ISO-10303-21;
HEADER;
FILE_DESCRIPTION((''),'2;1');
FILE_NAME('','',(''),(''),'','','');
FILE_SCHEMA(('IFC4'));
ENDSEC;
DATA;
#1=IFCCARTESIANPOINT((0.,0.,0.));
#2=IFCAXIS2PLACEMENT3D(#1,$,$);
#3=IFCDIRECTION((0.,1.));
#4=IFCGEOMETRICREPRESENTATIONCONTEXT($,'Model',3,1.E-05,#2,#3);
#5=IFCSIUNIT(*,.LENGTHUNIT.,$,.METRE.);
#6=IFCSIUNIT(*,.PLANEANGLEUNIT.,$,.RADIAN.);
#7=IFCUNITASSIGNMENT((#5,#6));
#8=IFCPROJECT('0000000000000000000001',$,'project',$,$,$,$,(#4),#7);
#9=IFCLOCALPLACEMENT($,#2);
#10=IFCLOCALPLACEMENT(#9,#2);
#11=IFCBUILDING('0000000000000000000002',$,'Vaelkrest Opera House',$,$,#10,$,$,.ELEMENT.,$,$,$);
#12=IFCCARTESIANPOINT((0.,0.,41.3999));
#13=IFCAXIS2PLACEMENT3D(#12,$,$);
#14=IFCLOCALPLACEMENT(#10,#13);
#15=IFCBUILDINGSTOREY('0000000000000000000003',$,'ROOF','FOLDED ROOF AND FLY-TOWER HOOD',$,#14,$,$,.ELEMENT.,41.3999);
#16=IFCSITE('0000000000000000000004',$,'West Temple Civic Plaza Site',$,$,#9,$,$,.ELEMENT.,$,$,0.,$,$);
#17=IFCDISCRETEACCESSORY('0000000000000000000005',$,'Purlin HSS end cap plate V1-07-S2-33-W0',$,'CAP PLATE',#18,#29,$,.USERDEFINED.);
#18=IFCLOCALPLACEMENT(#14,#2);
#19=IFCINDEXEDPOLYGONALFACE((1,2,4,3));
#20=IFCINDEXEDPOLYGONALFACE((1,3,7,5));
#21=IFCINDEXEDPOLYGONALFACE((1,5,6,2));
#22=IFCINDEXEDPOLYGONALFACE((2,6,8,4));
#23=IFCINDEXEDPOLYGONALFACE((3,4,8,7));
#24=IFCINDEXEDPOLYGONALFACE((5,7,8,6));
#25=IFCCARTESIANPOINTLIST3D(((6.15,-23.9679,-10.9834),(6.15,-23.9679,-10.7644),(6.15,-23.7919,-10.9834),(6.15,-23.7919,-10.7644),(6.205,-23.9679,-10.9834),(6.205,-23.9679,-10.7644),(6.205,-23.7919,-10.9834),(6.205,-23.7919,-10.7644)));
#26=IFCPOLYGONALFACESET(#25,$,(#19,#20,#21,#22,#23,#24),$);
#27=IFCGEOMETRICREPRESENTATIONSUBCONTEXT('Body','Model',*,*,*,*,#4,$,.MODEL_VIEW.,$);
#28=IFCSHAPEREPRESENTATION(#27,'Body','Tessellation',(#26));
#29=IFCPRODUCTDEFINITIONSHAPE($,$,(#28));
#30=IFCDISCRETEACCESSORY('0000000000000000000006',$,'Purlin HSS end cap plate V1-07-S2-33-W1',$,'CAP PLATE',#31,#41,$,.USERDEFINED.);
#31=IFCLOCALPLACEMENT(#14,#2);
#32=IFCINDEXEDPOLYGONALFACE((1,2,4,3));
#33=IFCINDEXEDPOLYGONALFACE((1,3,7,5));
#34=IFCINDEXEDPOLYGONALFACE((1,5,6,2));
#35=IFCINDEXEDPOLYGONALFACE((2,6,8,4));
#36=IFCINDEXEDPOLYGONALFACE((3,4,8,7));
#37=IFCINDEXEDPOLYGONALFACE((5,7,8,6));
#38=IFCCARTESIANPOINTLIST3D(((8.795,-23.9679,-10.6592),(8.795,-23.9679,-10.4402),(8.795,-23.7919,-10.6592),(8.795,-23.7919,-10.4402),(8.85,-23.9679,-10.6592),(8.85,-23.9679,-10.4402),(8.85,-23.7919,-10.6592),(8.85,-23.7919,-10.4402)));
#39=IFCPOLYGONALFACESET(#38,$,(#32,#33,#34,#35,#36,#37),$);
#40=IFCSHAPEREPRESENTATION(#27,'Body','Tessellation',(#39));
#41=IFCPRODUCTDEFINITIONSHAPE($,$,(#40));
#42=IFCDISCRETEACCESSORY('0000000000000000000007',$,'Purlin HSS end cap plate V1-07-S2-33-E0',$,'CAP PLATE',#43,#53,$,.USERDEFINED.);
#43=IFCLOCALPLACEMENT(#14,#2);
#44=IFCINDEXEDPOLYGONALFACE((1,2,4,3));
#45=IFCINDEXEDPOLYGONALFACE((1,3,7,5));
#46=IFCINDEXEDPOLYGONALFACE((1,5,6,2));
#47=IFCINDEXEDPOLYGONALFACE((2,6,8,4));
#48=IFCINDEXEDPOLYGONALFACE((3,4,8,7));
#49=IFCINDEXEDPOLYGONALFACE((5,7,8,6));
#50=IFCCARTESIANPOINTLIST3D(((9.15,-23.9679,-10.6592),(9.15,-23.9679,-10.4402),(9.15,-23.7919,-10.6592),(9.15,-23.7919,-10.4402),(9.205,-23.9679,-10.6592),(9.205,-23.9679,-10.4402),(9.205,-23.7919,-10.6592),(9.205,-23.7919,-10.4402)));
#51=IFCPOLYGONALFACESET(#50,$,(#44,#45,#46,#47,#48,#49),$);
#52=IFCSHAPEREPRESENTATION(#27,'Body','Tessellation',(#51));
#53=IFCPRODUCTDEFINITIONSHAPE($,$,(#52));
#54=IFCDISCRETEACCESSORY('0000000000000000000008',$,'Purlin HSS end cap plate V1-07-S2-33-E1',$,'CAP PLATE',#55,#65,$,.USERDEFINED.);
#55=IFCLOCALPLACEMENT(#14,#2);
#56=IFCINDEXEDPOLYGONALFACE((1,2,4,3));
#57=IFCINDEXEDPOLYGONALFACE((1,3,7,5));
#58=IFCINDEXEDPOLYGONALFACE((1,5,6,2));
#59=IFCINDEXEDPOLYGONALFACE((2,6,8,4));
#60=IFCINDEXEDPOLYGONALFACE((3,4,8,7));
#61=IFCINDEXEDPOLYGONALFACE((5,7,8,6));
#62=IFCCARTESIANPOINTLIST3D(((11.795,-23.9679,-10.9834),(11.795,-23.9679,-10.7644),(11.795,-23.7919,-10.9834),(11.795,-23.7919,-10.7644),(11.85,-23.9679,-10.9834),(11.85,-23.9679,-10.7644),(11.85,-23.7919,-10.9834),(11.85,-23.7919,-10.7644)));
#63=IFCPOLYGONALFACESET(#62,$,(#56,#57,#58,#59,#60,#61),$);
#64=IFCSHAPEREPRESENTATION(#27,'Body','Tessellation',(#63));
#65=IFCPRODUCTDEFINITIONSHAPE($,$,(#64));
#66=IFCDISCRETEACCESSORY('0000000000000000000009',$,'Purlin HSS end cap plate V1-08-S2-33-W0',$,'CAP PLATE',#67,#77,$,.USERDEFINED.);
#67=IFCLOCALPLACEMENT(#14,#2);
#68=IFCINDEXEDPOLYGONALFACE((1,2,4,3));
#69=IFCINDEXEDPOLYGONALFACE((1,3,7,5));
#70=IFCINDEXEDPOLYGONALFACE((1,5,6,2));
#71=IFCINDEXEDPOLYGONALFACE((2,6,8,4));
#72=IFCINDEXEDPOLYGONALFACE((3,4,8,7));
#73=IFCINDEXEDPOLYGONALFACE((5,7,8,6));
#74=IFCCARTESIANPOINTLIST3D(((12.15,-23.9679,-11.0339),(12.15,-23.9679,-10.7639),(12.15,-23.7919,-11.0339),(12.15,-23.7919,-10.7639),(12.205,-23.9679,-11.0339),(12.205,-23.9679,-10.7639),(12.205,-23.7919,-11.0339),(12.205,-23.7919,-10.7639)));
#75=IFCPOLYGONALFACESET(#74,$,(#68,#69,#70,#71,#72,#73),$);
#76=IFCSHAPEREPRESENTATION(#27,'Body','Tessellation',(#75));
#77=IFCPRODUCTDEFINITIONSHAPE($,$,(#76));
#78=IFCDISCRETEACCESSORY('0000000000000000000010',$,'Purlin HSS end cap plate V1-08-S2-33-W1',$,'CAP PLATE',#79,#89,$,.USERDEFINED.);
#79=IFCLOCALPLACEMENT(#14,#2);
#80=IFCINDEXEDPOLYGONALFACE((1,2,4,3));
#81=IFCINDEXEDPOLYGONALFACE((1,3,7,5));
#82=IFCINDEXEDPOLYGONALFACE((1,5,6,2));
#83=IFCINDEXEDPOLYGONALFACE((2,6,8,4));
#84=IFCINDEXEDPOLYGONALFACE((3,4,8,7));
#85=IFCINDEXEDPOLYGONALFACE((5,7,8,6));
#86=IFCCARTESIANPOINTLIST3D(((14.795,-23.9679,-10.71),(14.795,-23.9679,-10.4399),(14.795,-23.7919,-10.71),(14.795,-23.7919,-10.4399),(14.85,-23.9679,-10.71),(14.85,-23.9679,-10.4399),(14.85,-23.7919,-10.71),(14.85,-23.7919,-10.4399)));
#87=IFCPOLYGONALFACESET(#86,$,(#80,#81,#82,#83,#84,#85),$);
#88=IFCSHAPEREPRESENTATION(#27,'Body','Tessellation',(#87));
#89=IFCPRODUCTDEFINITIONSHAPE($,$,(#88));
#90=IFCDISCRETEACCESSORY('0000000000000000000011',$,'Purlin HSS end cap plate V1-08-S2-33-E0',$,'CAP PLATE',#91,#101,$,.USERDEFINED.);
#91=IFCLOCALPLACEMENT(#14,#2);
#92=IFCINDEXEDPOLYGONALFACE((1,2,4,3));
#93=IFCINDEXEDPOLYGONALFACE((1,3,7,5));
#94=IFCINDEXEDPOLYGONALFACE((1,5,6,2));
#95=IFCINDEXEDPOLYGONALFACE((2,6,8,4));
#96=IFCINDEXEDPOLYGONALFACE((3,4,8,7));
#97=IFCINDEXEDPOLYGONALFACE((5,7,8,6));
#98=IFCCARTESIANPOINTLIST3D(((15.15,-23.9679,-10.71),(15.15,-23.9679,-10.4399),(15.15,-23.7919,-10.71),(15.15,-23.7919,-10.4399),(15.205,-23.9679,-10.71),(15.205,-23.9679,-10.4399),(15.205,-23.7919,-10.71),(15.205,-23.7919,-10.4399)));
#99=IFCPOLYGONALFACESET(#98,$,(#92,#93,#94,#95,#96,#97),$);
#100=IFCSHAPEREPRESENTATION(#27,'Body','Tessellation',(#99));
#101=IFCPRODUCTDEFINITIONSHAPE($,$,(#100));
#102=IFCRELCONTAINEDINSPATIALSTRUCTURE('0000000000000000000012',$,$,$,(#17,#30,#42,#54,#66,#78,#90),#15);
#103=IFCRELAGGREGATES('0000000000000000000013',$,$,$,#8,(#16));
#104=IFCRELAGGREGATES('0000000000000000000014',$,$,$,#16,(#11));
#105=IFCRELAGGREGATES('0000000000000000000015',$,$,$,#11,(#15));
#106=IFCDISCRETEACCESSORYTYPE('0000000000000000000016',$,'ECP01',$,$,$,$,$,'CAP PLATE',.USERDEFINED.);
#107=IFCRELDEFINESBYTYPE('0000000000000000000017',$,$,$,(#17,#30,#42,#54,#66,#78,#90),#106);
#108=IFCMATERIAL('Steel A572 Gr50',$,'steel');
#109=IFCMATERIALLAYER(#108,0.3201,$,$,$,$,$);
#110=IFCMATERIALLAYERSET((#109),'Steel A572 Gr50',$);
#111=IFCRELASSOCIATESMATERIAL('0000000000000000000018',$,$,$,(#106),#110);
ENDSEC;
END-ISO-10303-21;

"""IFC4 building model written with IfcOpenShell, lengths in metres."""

from ifc_helpers import new_model, si_unit, direction, frame, origin, origin_2d, place, context, subcontext, project, spatial, rectangle, extrude, material, layer, layer_set, type_object, element, save


model = new_model("IFC4")

# Units and contexts
model_context = context("Model", 3, precision=1e-05, world=origin(), true_north=direction((0.0, 1.0)))
body_context = subcontext(model_context, "Body", "Model", "MODEL_VIEW")
ifc_project = project(units=[si_unit("LENGTHUNIT", "METRE"), si_unit("PLANEANGLEUNIT", "RADIAN")], contexts=[model_context])

# Site, building, storey
site_placement = place(None, origin())
site = spatial("IfcSite", under=ifc_project, at=site_placement, Name="West Temple Civic Plaza Site", CompositionType="ELEMENT", RefElevation=0.0)
building_placement = place(site_placement, origin())
building = spatial("IfcBuilding", under=site, at=building_placement, Name="Vaelkrest Opera House", CompositionType="ELEMENT")
storey_placement = place(building_placement, frame((0.0, 0.0, 41.3999)))
storey = spatial("IfcBuildingStorey", under=building, at=storey_placement, Name="ROOF", Description="FOLDED ROOF AND FLY-TOWER HOOD", CompositionType="ELEMENT", Elevation=41.3999)

# Shared definitions
ifc_material_1 = material(Name="Steel A572 Gr50", Category="steel")

# Discrete accessories
ifc_layer_1 = layer(ifc_material_1, 0.3201)
ifc_layer_set_1 = layer_set([ifc_layer_1], Name="Steel A572 Gr50")
discrete_accessory_type = type_object("IfcDiscreteAccessoryType", Name="ECP01", ElementType="CAP PLATE", PredefinedType="USERDEFINED", material=ifc_layer_set_1)
for number, where, z_axis, x_axis, name in (
    (1, (6.1775, -23.8799, -10.9834), (0.0, 0.0, 1.0), (1.0, 0.0, 0.0), "Purlin HSS end cap plate V1-07-S2-33-W0"),
    (2, (8.8225, -23.8799, -10.6592), (0.0, 0.0, 1.0), (1.0, 0.0, 0.0), "Purlin HSS end cap plate V1-07-S2-33-W1"),
    (3, (9.1775, -23.8799, -10.6592), (0.0, 0.0, 1.0), (1.0, 0.0, 0.0), "Purlin HSS end cap plate V1-07-S2-33-E0"),
    (4, (11.8225, -23.8799, -10.9834), (0.0, 0.0, 1.0), (1.0, 0.0, 0.0), "Purlin HSS end cap plate V1-07-S2-33-E1"),
):
    element("IfcDiscreteAccessory", number, at=place(storey_placement, frame(where, z_axis=z_axis, x_axis=x_axis)), inside=storey, type_object=discrete_accessory_type, Name=name, ObjectType="CAP PLATE", PredefinedType="USERDEFINED", context=body_context, shape_type="SweptSolid", body=[
        extrude(rectangle(XDim=0.0549, YDim=0.176, at=origin_2d()), origin(), (0.0, 0.0, 1.0), 0.219),
    ])
for number, where, z_axis, x_axis, name in (
    (5, (12.1775, -23.8799, -11.0339), (0.0, 0.0, 1.0), (1.0, 0.0, 0.0), "Purlin HSS end cap plate V1-08-S2-33-W0"),
    (6, (14.8225, -23.8799, -10.71), (0.0, 0.0, 1.0), (1.0, 0.0, 0.0), "Purlin HSS end cap plate V1-08-S2-33-W1"),
    (7, (15.1775, -23.8799, -10.71), (0.0, 0.0, 1.0), (1.0, 0.0, 0.0), "Purlin HSS end cap plate V1-08-S2-33-E0"),
):
    element("IfcDiscreteAccessory", number, at=place(storey_placement, frame(where, z_axis=z_axis, x_axis=x_axis)), inside=storey, type_object=discrete_accessory_type, Name=name, ObjectType="CAP PLATE", PredefinedType="USERDEFINED", context=body_context, shape_type="SweptSolid", body=[
        extrude(rectangle(XDim=0.0549, YDim=0.176, at=origin_2d()), origin(), (0.0, 0.0, 1.0), 0.27),
    ])

save(model, "model.ifc")
